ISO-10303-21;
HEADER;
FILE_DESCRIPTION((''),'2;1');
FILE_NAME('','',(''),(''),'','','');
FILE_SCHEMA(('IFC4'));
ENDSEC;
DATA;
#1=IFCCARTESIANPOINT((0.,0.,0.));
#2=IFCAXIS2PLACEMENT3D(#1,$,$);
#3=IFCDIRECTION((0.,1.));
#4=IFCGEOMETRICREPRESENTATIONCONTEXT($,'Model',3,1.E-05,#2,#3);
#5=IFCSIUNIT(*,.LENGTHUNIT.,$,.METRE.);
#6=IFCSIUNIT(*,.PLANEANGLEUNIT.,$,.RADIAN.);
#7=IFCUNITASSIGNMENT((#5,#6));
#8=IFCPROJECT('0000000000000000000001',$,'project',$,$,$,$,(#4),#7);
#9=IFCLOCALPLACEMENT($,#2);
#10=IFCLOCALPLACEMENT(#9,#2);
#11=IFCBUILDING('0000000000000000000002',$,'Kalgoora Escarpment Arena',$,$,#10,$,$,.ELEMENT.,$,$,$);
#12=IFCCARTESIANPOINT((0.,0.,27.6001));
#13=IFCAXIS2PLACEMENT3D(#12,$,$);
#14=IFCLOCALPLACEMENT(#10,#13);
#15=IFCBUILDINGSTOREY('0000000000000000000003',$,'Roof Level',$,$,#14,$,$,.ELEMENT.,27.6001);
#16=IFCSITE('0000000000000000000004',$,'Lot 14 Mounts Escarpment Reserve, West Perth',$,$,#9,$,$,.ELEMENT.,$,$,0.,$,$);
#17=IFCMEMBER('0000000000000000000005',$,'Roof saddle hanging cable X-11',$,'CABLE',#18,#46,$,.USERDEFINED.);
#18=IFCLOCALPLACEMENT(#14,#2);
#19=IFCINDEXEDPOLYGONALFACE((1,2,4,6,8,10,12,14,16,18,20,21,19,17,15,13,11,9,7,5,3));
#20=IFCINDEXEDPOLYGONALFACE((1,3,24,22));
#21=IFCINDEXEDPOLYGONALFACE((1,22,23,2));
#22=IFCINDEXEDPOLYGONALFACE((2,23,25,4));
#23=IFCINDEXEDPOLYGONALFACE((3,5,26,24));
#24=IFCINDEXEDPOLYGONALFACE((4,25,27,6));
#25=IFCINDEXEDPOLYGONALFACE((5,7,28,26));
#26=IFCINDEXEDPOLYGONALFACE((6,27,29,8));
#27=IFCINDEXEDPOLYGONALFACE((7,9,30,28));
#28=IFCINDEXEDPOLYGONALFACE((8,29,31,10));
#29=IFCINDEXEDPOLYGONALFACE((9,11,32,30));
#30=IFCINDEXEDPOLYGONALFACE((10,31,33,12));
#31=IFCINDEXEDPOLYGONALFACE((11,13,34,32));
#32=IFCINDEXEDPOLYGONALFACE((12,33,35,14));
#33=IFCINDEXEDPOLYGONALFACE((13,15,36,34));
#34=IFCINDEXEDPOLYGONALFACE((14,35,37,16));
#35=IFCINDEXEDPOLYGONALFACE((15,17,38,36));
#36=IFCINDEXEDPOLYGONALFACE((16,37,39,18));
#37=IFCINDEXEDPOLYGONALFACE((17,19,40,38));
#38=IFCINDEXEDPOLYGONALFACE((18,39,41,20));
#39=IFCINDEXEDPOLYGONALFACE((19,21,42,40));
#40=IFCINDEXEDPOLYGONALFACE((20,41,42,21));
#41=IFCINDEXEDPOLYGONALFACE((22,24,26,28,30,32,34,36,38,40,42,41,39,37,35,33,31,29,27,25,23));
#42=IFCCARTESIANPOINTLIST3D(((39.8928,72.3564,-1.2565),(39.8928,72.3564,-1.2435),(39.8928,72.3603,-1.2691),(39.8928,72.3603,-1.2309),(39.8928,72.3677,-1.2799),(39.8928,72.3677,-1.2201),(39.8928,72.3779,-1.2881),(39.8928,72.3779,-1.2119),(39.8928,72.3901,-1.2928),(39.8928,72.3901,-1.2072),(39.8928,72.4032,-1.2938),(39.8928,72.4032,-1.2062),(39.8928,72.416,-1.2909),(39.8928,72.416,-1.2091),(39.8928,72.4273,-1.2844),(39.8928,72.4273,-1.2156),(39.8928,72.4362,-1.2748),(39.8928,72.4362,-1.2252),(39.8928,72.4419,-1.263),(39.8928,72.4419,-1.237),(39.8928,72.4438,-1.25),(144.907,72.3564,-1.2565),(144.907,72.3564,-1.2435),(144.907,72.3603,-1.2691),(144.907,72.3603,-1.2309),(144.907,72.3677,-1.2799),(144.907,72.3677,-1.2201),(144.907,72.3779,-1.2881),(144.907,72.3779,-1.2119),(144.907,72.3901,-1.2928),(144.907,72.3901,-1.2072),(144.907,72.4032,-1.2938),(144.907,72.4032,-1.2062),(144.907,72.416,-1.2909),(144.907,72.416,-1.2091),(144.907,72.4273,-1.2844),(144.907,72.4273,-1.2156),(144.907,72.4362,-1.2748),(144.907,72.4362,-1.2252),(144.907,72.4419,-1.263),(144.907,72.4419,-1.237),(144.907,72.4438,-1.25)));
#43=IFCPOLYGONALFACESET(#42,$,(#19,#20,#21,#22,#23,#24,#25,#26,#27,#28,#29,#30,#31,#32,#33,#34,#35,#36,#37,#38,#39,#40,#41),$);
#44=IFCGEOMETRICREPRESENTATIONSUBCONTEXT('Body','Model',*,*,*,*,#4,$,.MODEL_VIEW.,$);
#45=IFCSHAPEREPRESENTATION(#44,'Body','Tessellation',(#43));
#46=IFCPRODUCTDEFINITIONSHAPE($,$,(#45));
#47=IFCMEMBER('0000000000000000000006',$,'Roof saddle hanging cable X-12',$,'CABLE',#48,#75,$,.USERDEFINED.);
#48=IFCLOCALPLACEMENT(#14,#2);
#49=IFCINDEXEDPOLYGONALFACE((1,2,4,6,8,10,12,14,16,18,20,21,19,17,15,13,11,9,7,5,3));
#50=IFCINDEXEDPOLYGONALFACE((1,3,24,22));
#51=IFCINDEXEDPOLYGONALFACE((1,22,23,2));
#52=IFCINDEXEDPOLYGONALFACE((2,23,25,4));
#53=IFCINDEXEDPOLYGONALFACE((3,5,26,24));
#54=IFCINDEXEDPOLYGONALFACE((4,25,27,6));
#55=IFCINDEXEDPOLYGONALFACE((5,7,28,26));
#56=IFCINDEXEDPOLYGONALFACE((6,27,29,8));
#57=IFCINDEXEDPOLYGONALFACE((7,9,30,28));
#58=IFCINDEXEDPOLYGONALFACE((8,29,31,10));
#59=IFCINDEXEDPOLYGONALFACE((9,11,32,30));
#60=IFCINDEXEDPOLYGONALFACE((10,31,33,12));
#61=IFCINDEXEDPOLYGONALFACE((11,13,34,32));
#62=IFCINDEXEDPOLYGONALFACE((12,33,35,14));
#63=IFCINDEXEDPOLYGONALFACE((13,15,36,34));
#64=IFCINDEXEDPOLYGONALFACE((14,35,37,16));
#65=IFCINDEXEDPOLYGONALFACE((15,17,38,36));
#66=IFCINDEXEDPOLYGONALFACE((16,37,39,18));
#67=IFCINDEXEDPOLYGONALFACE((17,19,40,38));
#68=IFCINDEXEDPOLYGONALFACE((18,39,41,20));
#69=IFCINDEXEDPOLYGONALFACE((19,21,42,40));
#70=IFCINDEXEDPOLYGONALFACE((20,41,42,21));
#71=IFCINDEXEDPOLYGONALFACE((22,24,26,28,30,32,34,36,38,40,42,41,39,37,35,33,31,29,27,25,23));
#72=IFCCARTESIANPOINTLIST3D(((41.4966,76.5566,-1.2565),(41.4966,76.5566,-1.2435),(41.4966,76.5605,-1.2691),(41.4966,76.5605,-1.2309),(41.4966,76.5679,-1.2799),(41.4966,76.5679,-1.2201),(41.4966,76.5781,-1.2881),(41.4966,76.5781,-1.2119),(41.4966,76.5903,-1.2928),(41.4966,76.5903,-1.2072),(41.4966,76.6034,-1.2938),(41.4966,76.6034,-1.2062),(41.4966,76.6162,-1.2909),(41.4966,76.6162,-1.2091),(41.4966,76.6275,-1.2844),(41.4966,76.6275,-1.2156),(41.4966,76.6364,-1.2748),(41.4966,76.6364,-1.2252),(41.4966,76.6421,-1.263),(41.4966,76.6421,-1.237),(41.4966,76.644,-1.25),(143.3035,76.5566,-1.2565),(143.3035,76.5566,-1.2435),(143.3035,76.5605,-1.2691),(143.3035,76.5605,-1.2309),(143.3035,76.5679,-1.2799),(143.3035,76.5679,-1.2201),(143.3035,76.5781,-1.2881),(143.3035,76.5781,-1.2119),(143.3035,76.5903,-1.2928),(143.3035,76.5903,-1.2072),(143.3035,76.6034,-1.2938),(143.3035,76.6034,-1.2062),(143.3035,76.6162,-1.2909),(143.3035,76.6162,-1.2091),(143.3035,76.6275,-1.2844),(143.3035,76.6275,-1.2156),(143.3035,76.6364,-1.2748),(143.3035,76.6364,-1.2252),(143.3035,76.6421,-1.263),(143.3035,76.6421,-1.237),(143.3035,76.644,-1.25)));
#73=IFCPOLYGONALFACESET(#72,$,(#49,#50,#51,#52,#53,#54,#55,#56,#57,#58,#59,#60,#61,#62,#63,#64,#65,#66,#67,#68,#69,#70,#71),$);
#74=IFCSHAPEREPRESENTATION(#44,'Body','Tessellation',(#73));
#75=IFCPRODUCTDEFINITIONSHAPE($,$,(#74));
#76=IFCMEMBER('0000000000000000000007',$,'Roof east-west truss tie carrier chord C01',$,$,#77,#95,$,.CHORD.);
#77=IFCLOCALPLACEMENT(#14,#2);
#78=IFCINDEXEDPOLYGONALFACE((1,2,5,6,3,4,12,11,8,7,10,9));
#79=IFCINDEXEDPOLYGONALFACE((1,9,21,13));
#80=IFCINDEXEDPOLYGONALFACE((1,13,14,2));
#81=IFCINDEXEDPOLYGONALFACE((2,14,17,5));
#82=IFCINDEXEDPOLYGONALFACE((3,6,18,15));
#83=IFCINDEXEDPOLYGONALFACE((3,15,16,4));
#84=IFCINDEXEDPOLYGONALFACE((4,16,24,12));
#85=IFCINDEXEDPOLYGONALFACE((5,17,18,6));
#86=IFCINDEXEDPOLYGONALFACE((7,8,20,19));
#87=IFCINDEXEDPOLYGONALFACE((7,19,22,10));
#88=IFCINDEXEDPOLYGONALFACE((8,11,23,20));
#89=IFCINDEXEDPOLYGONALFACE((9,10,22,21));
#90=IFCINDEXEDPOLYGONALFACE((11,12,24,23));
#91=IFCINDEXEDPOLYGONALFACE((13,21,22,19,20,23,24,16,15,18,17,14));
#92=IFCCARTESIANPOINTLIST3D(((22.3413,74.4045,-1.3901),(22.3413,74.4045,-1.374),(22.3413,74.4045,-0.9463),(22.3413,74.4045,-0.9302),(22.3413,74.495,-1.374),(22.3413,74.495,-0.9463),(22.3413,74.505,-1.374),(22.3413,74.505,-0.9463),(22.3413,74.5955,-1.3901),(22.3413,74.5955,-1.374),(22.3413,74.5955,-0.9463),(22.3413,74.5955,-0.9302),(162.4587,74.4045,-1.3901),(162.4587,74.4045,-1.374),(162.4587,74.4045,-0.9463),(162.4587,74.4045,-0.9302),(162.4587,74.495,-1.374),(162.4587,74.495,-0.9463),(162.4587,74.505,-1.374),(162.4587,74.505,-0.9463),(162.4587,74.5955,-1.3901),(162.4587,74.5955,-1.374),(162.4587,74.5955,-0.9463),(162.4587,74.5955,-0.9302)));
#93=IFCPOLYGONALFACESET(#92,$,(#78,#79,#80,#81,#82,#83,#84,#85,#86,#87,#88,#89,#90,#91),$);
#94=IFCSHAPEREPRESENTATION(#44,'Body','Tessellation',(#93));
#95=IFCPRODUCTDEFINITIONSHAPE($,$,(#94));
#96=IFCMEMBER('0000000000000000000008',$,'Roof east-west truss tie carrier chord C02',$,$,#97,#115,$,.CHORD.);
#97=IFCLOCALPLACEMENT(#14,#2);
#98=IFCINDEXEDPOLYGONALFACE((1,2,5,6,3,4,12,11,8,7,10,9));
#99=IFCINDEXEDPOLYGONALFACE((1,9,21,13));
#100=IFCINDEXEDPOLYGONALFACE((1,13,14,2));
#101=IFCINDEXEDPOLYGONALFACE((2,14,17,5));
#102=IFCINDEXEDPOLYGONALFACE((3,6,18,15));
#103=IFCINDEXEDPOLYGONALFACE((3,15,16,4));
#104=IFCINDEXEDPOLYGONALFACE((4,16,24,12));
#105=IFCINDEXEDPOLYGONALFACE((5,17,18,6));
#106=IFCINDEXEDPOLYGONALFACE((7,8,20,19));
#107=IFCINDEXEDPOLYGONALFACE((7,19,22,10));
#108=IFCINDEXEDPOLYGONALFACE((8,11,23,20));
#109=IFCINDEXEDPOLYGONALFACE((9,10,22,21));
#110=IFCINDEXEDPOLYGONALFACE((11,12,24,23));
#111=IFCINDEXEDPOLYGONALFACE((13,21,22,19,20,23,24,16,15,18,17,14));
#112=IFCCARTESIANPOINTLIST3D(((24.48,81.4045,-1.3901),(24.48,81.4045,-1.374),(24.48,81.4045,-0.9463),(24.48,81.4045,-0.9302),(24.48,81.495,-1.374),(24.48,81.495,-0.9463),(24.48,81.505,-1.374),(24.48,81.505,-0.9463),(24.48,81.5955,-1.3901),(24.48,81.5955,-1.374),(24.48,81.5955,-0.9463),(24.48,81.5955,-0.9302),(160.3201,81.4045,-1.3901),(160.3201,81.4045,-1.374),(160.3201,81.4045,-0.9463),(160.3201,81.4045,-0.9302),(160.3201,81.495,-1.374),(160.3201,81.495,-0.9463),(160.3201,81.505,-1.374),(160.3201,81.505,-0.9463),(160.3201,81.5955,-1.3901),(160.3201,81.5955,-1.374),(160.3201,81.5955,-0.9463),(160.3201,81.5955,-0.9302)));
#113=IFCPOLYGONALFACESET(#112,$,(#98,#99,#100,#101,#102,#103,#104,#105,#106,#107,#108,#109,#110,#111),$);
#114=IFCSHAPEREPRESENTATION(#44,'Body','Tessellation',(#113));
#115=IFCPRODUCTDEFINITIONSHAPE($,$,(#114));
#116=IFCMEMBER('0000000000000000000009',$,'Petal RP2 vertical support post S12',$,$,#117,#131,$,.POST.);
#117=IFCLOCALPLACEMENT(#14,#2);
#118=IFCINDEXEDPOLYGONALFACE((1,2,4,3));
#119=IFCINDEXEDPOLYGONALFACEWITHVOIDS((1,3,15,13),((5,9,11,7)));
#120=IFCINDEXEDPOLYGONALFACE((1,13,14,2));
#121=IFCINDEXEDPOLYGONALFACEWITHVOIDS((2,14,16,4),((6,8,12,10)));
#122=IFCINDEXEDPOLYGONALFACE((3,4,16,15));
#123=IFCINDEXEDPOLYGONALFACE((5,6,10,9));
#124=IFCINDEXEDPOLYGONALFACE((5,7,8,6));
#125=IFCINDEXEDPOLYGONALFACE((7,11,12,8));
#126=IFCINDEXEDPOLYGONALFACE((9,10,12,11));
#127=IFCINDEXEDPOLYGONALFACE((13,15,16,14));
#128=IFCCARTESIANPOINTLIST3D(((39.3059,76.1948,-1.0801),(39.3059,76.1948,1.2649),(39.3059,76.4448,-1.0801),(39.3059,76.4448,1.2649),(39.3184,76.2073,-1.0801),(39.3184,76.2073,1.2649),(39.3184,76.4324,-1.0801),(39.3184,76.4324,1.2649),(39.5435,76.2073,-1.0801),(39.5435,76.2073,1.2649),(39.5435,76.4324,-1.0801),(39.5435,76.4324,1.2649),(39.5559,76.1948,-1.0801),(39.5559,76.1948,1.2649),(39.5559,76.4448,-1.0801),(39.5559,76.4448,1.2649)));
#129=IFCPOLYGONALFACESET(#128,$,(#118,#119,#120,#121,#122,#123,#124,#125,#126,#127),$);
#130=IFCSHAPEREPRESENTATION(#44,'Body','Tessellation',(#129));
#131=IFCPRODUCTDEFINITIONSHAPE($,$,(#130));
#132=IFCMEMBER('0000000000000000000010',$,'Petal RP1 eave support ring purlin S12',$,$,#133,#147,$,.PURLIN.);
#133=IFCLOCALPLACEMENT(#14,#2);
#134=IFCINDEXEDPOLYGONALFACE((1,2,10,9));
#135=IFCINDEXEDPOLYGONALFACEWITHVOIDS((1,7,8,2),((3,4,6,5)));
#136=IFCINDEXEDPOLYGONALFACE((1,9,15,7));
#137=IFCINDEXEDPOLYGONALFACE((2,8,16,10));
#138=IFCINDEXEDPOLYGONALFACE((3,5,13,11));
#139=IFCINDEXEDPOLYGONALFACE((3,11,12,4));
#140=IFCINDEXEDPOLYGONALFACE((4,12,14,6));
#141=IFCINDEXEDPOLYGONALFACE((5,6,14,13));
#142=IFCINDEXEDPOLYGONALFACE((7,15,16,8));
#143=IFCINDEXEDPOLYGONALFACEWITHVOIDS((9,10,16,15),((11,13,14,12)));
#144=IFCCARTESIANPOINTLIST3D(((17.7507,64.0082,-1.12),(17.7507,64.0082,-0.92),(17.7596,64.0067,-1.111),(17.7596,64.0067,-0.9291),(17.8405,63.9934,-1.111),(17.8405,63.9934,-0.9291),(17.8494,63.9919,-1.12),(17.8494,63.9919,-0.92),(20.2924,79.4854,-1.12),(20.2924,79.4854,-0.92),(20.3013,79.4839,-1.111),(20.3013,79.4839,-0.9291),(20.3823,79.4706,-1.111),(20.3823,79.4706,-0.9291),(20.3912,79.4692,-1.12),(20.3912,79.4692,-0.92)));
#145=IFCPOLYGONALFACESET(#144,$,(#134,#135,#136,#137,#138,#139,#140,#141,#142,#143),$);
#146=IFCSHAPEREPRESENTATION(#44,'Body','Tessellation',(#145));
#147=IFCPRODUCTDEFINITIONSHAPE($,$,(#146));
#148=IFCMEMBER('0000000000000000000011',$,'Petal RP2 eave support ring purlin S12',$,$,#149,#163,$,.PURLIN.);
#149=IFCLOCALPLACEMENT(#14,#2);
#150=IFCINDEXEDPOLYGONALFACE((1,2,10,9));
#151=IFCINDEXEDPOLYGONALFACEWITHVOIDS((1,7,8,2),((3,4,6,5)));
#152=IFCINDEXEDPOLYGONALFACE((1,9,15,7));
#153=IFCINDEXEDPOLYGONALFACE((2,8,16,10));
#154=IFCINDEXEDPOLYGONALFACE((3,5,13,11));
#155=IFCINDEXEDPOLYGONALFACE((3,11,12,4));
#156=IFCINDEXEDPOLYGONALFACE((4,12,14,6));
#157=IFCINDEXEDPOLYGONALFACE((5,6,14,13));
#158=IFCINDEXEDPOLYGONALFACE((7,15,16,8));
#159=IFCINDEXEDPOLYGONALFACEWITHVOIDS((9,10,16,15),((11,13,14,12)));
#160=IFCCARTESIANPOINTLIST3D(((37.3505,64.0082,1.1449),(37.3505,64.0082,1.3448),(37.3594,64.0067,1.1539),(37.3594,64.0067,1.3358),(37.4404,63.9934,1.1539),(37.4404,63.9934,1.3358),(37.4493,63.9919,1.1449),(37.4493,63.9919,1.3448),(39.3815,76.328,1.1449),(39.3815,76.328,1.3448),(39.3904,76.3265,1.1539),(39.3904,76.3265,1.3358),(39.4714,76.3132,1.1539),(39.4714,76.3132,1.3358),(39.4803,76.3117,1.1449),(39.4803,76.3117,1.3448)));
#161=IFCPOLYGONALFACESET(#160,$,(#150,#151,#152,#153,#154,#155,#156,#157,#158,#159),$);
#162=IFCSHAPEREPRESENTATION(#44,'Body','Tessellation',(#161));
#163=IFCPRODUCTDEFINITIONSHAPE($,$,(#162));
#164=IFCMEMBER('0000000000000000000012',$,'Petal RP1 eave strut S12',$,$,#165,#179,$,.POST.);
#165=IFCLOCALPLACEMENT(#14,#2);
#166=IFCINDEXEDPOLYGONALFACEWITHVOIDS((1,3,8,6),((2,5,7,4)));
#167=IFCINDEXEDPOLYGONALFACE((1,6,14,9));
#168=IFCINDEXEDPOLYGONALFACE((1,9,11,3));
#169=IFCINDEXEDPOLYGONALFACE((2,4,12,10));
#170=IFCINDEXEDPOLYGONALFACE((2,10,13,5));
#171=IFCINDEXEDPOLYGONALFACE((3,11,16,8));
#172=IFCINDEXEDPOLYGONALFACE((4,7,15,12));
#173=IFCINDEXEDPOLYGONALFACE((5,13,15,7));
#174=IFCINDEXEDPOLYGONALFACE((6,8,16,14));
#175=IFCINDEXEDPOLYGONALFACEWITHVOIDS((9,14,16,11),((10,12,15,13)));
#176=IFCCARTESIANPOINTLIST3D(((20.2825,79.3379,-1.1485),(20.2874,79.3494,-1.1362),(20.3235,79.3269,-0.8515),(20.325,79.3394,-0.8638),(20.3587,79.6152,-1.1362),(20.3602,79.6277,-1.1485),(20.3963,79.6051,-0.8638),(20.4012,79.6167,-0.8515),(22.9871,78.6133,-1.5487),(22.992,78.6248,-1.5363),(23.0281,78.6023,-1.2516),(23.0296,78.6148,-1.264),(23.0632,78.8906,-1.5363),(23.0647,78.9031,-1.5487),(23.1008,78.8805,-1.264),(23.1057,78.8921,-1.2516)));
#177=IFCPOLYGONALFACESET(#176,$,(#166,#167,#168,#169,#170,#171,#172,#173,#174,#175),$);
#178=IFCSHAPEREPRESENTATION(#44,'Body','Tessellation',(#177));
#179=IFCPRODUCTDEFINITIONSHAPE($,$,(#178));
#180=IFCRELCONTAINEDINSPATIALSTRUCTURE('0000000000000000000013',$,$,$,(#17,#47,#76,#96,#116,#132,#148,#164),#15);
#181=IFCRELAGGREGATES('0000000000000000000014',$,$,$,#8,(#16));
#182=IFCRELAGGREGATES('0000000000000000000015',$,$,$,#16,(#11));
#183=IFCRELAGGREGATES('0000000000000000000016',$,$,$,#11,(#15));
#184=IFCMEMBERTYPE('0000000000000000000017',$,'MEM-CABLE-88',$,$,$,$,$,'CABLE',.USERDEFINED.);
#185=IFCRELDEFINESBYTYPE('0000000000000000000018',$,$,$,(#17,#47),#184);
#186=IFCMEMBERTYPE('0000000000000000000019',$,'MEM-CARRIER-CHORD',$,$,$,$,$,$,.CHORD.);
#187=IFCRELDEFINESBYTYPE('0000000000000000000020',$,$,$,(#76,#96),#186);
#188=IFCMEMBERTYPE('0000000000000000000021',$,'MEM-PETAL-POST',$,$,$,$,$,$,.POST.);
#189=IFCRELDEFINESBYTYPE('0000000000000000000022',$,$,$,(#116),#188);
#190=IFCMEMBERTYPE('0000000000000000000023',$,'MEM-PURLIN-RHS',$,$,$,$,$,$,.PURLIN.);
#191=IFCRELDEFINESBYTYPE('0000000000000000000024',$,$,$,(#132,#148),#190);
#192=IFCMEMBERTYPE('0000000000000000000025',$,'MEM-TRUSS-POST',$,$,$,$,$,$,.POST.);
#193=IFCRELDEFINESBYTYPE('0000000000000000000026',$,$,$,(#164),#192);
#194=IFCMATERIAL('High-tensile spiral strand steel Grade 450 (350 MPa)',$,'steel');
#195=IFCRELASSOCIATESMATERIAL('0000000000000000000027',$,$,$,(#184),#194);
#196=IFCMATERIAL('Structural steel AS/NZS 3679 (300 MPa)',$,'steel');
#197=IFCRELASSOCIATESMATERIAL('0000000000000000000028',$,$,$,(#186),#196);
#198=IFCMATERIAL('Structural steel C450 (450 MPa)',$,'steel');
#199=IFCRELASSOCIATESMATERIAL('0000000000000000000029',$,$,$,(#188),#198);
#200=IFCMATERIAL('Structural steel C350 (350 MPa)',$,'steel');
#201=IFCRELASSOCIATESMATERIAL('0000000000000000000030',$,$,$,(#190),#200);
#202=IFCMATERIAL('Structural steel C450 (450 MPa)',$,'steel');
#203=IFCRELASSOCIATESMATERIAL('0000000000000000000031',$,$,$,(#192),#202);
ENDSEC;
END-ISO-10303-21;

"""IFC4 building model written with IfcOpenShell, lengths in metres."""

from ifc_helpers import new_model, si_unit, direction, frame, origin, origin_2d, place, context, subcontext, project, spatial, hollow_rectangle, circle, i_section, extrude, material, material_profile, profile_set, type_object, element, save


model = new_model("IFC4")

# Units and contexts
model_context = context("Model", 3, precision=1e-05, world=origin(), true_north=direction((0.0, 1.0)))
body_context = subcontext(model_context, "Body", "Model", "MODEL_VIEW")
ifc_project = project(units=[si_unit("LENGTHUNIT", "METRE"), si_unit("PLANEANGLEUNIT", "RADIAN")], contexts=[model_context])

# Site, building, storey
site_placement = place(None, origin())
site = spatial("IfcSite", under=ifc_project, at=site_placement, Name="Lot 14 Mounts Escarpment Reserve, West Perth", CompositionType="ELEMENT", RefElevation=0.0)
building_placement = place(site_placement, origin())
building = spatial("IfcBuilding", under=site, at=building_placement, Name="Kalgoora Escarpment Arena", CompositionType="ELEMENT")
storey_placement = place(building_placement, frame((0.0, 0.0, 27.6001)))
storey = spatial("IfcBuildingStorey", under=building, at=storey_placement, Name="Roof Level", CompositionType="ELEMENT", Elevation=27.6001)

# Members
ifc_material_1 = material(Name="High-tensile spiral strand steel Grade 450 (350 MPa)", Category="steel")
ifc_material_profile_1 = material_profile(ifc_material_1, circle(Radius=0.0439, at=origin_2d()))
ifc_profile_set_1 = profile_set([ifc_material_profile_1], Name="High-tensile spiral strand steel Grade 450 (350 MPa)")
member_type_1 = type_object("IfcMemberType", Name="MEM-CABLE-88", ElementType="CABLE", PredefinedType="USERDEFINED", material=ifc_profile_set_1)
member_1_placement = place(storey_placement, frame((39.8928, 72.3999, -1.25), z_axis=(1.0, 0.0, 0.0), x_axis=(0.0, 1.0, 0.0)))
element("IfcMember", 1, at=member_1_placement, inside=storey, type_object=member_type_1, Name="Roof saddle hanging cable X-11", ObjectType="CABLE", PredefinedType="USERDEFINED", context=body_context, shape_type="SweptSolid", body=[
    extrude(circle(Radius=0.0439, at=origin_2d()), origin(), (0.0, 0.0, 1.0), 105.0142),
])
member_2_placement = place(storey_placement, frame((41.4966, 76.6001, -1.25), z_axis=(1.0, 0.0, 0.0), x_axis=(0.0, 1.0, 0.0)))
element("IfcMember", 2, at=member_2_placement, inside=storey, type_object=member_type_1, Name="Roof saddle hanging cable X-12", ObjectType="CABLE", PredefinedType="USERDEFINED", context=body_context, shape_type="SweptSolid", body=[
    extrude(circle(Radius=0.0439, at=origin_2d()), origin(), (0.0, 0.0, 1.0), 101.8069),
])
ifc_material_2 = material(Name="Structural steel AS/NZS 3679 (300 MPa)", Category="steel")
ifc_material_profile_2 = material_profile(ifc_material_2, i_section(OverallWidth=0.1909, OverallDepth=0.46, WebThickness=0.01, FlangeThickness=0.0161, at=origin_2d()))
ifc_profile_set_2 = profile_set([ifc_material_profile_2], Name="Structural steel AS/NZS 3679 (300 MPa)")
member_type_2 = type_object("IfcMemberType", Name="MEM-CARRIER-CHORD", PredefinedType="CHORD", material=ifc_profile_set_2)
member_3_placement = place(storey_placement, frame((22.3413, 74.5, -1.1602), z_axis=(1.0, 0.0, 0.0), x_axis=(0.0, 1.0, 0.0)))
element("IfcMember", 3, at=member_3_placement, inside=storey, type_object=member_type_2, Name="Roof east-west truss tie carrier chord C01", PredefinedType="CHORD", context=body_context, shape_type="SweptSolid", body=[
    extrude(i_section(OverallWidth=0.1909, OverallDepth=0.46, WebThickness=0.01, FlangeThickness=0.0161, at=origin_2d()), origin(), (0.0, 0.0, 1.0), 140.1174),
])
member_4_placement = place(storey_placement, frame((24.48, 81.5, -1.1602), z_axis=(1.0, 0.0, 0.0), x_axis=(0.0, 1.0, 0.0)))
element("IfcMember", 4, at=member_4_placement, inside=storey, type_object=member_type_2, Name="Roof east-west truss tie carrier chord C02", PredefinedType="CHORD", context=body_context, shape_type="SweptSolid", body=[
    extrude(i_section(OverallWidth=0.1909, OverallDepth=0.46, WebThickness=0.01, FlangeThickness=0.0161, at=origin_2d()), origin(), (0.0, 0.0, 1.0), 135.8401),
])
ifc_material_3 = material(Name="Structural steel C450 (450 MPa)", Category="steel")
ifc_material_profile_3 = material_profile(ifc_material_3, hollow_rectangle(XDim=0.25, YDim=0.25, WallThickness=0.0125, at=origin_2d()))
ifc_profile_set_3 = profile_set([ifc_material_profile_3], Name="Structural steel C450 (450 MPa)")
member_type_3 = type_object("IfcMemberType", Name="MEM-PETAL-POST", PredefinedType="POST", material=ifc_profile_set_3)
member_5_placement = place(storey_placement, frame((39.4309, 76.3198, -1.0801), z_axis=(0.0, 0.0, 1.0), x_axis=(1.0, 0.0, 0.0)))
element("IfcMember", 5, at=member_5_placement, inside=storey, type_object=member_type_3, Name="Petal RP2 vertical support post S12", PredefinedType="POST", context=body_context, shape_type="SweptSolid", body=[
    extrude(hollow_rectangle(XDim=0.25, YDim=0.25, WallThickness=0.0125, at=origin_2d()), origin(), (0.0, 0.0, 1.0), 2.345),
])
ifc_material_4 = material(Name="Structural steel C350 (350 MPa)", Category="steel")
ifc_material_profile_4 = material_profile(ifc_material_4, hollow_rectangle(XDim=0.1001, YDim=0.2, WallThickness=0.009, at=origin_2d()))
ifc_profile_set_4 = profile_set([ifc_material_profile_4], Name="Structural steel C350 (350 MPa)")
member_type_4 = type_object("IfcMemberType", Name="MEM-PURLIN-RHS", PredefinedType="PURLIN", material=ifc_profile_set_4)
member_6_placement = place(storey_placement, frame((20.3418, 79.4773, -1.02), z_axis=(-0.162054, -0.986782, 0.0), x_axis=(0.986782, -0.162054, 0.0)))
element("IfcMember", 6, at=member_6_placement, inside=storey, type_object=member_type_4, Name="Petal RP1 eave support ring purlin S12", PredefinedType="PURLIN", context=body_context, shape_type="SweptSolid", body=[
    extrude(hollow_rectangle(XDim=0.1001, YDim=0.2, WallThickness=0.009, at=origin_2d()), origin(), (0.0, 0.0, 1.0), 15.6846),
])
member_7_placement = place(storey_placement, frame((39.4309, 76.3198, 1.2449), z_axis=(-0.162661, -0.986682, 0.0), x_axis=(0.986682, -0.162661, 0.0)))
element("IfcMember", 7, at=member_7_placement, inside=storey, type_object=member_type_4, Name="Petal RP2 eave support ring purlin S12", PredefinedType="PURLIN", context=body_context, shape_type="SweptSolid", body=[
    extrude(hollow_rectangle(XDim=0.1001, YDim=0.2, WallThickness=0.009, at=origin_2d()), origin(), (0.0, 0.0, 1.0), 12.4861),
])
ifc_material_5 = material(Name="Structural steel C450 (450 MPa)", Category="steel")
ifc_material_profile_5 = material_profile(ifc_material_5, hollow_rectangle(XDim=0.3, YDim=0.3, WallThickness=0.0125, at=origin_2d()))
ifc_profile_set_5 = profile_set([ifc_material_profile_5], Name="Structural steel C450 (450 MPa)")
member_type_5 = type_object("IfcMemberType", Name="MEM-TRUSS-POST", PredefinedType="POST", material=ifc_profile_set_5)
member_8_placement = place(storey_placement, frame((23.0464, 78.7527, -1.4001), z_axis=(-0.956218, 0.256188, 0.141473), x_axis=(-0.258791, -0.965933, 0.0)))
element("IfcMember", 8, at=member_8_placement, inside=storey, type_object=member_type_5, Name="Petal RP1 eave strut S12", PredefinedType="POST", context=body_context, shape_type="SweptSolid", body=[
    extrude(hollow_rectangle(XDim=0.3, YDim=0.3, WallThickness=0.0125, at=origin_2d()), origin(), (0.0, 0.0, 1.0), 2.8284),
])

save(model, "model.ifc")
